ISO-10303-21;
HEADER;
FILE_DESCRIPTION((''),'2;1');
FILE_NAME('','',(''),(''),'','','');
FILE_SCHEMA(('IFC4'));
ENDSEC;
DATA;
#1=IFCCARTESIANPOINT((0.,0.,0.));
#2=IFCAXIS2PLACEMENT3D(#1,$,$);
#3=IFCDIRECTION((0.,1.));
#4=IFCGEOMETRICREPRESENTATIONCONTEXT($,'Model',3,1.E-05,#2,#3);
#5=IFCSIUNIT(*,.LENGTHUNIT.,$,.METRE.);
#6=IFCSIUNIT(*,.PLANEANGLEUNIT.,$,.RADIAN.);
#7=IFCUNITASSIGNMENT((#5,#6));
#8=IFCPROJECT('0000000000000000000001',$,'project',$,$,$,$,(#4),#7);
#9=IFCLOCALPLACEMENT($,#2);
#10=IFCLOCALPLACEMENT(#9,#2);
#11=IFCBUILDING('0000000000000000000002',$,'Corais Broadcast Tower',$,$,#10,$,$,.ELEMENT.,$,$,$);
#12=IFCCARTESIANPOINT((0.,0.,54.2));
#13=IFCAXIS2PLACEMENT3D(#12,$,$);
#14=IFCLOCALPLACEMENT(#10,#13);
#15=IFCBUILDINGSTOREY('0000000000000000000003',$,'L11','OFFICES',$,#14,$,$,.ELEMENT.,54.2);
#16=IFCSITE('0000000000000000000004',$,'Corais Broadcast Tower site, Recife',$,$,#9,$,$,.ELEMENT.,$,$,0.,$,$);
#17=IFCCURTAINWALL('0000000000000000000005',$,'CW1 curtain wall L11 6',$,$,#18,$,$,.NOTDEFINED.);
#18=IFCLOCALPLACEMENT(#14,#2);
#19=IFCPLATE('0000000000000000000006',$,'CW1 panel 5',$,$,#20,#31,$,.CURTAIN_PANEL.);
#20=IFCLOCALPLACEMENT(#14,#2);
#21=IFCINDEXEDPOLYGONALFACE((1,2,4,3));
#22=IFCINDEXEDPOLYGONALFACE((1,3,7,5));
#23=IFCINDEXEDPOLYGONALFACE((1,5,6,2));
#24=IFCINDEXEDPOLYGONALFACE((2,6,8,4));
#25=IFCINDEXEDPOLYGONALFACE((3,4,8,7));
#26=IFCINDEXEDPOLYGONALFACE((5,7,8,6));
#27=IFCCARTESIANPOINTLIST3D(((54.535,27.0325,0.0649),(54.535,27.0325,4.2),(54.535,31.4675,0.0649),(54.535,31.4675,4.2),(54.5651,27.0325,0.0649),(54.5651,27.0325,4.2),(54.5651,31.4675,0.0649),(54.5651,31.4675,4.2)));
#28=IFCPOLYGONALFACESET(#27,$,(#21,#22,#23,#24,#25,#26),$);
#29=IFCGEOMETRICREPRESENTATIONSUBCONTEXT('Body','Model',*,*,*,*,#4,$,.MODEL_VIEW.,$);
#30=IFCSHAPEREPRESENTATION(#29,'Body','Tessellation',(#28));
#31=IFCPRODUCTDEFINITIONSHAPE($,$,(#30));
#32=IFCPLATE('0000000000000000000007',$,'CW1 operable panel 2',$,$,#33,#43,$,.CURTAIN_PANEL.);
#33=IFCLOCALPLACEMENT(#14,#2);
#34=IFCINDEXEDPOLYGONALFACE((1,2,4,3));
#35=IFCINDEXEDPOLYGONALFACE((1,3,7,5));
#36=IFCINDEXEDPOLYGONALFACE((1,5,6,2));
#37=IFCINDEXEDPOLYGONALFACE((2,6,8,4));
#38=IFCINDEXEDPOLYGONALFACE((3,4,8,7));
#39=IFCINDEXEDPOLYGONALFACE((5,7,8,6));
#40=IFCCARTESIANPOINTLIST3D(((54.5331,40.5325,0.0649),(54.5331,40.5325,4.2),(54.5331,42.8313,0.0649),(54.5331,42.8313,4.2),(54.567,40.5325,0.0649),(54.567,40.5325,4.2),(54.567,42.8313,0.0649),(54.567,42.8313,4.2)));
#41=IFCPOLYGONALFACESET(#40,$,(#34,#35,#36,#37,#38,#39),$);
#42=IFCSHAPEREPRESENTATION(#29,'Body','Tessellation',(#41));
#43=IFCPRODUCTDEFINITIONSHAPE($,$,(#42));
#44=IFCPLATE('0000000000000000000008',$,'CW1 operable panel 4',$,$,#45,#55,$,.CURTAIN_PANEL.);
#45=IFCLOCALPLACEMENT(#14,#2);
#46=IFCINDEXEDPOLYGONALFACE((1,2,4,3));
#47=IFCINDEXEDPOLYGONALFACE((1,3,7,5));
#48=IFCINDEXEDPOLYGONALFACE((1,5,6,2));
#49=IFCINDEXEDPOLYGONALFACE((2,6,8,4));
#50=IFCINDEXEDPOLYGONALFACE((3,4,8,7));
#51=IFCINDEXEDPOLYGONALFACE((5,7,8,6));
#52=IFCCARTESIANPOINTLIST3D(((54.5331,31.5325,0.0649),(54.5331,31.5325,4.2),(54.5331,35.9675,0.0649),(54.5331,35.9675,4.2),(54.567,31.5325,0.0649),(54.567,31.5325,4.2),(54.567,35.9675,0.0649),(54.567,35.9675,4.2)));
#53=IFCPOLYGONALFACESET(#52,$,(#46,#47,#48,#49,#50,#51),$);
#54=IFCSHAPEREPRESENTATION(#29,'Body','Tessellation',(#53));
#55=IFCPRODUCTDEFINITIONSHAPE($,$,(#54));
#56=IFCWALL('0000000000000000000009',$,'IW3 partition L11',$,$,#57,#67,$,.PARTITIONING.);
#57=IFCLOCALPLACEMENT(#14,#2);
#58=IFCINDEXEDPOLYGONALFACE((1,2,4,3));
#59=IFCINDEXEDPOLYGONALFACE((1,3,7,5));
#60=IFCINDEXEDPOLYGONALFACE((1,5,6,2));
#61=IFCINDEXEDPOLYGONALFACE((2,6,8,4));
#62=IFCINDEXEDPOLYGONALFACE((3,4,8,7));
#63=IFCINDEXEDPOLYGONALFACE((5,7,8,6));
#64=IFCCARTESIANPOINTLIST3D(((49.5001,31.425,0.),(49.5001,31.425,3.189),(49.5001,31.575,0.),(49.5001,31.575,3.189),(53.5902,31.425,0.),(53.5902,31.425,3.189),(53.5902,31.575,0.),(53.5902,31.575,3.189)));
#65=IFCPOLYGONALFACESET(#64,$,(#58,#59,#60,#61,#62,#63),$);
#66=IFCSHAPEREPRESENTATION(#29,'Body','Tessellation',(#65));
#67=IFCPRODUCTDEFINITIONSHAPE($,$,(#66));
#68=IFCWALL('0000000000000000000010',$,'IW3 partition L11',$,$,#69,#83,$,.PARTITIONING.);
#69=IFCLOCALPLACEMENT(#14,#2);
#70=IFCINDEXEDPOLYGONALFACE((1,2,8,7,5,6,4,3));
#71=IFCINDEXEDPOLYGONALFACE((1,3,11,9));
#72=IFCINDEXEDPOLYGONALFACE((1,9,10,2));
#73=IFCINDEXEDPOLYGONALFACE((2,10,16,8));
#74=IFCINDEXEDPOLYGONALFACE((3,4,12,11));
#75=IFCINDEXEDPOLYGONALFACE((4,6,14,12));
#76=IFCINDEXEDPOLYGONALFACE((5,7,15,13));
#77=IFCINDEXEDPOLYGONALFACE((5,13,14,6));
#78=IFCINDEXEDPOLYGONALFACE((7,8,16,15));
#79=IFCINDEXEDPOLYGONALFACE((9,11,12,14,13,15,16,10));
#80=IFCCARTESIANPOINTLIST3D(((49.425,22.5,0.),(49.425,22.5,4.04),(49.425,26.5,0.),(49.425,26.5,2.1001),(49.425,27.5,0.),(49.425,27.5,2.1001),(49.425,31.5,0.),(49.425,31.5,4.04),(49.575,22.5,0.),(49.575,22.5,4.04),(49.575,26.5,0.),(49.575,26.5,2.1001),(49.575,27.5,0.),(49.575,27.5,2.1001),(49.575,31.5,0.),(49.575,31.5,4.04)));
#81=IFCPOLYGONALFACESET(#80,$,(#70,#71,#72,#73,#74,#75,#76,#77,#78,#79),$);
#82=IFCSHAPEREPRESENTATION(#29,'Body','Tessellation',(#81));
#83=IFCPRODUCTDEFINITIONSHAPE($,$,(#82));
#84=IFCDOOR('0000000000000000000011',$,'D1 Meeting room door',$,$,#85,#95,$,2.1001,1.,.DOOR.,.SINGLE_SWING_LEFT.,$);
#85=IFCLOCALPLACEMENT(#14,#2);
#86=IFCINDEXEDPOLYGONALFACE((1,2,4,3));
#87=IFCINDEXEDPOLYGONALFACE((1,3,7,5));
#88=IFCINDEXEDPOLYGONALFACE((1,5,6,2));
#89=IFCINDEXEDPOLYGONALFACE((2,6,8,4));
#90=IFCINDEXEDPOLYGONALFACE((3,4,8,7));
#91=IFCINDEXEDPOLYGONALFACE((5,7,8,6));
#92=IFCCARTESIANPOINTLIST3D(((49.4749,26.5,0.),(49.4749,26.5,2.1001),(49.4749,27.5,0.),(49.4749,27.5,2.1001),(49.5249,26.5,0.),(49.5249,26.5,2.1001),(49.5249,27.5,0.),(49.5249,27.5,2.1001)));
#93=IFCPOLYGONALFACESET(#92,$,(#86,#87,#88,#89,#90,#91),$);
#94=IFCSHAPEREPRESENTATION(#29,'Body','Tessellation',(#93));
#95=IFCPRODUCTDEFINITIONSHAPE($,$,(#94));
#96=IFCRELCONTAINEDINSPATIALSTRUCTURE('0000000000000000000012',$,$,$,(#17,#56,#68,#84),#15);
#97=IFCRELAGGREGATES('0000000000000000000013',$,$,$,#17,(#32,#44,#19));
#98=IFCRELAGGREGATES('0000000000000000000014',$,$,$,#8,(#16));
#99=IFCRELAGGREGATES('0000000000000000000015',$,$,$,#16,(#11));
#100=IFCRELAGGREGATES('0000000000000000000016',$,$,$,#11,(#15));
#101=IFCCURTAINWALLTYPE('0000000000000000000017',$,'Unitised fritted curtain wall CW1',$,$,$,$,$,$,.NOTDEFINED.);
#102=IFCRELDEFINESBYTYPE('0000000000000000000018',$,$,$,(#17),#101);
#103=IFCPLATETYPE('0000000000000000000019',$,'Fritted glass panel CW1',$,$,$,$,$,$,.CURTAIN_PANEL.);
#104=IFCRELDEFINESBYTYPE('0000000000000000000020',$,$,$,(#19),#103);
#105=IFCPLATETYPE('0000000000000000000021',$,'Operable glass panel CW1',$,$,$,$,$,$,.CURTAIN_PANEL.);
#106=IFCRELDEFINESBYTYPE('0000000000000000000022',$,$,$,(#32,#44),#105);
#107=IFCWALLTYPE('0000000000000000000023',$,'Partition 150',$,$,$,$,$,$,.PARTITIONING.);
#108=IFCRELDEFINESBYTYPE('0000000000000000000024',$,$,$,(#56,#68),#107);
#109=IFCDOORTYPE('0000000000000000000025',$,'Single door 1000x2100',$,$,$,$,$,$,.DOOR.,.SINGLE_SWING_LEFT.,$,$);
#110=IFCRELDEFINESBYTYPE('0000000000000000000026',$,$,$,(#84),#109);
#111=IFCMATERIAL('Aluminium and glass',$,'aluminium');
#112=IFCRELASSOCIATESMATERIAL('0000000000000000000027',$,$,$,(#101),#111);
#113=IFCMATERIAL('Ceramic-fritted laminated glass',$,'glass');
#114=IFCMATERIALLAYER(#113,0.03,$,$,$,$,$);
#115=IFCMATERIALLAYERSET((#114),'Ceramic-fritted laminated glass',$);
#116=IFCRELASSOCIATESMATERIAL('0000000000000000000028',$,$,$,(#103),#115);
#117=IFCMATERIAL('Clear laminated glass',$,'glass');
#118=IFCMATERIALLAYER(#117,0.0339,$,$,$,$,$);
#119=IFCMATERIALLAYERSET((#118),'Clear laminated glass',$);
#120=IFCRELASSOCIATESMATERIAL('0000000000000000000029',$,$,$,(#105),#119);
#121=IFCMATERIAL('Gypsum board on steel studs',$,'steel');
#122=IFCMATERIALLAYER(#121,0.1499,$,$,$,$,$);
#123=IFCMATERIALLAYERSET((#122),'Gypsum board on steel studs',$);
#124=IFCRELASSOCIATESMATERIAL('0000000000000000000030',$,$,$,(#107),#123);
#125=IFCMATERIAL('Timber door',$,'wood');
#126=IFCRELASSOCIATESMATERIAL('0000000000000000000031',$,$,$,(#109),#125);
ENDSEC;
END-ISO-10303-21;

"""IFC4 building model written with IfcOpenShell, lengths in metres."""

from ifc_helpers import new_model, si_unit, direction, frame, frame_2d, origin, origin_2d, place, context, subcontext, project, spatial, rectangle, extrude, material, layer, layer_set, type_object, element, fill, aggregate, save


model = new_model("IFC4")

# Units and contexts
model_context = context("Model", 3, precision=1e-05, world=origin(), true_north=direction((0.0, 1.0)))
body_context = subcontext(model_context, "Body", "Model", "MODEL_VIEW")
ifc_project = project(units=[si_unit("LENGTHUNIT", "METRE"), si_unit("PLANEANGLEUNIT", "RADIAN")], contexts=[model_context])

# Site, building, storey
site_placement = place(None, origin())
site = spatial("IfcSite", under=ifc_project, at=site_placement, Name="Corais Broadcast Tower site, Recife", CompositionType="ELEMENT", RefElevation=0.0)
building_placement = place(site_placement, origin())
building = spatial("IfcBuilding", under=site, at=building_placement, Name="Corais Broadcast Tower", CompositionType="ELEMENT")
storey_placement = place(building_placement, frame((0.0, 0.0, 54.2)))
storey = spatial("IfcBuildingStorey", under=building, at=storey_placement, Name="L11", Description="OFFICES", CompositionType="ELEMENT", Elevation=54.2)

# Curtain wall
ifc_material_1 = material(Name="Aluminium and glass", Category="aluminium")
curtain_wall_type = type_object("IfcCurtainWallType", Name="Unitised fritted curtain wall CW1", PredefinedType="NOTDEFINED", material=ifc_material_1)
curtain_wall_placement = place(storey_placement, origin())
curtain_wall = element("IfcCurtainWall", 1, at=curtain_wall_placement, inside=storey, type_object=curtain_wall_type, Name="CW1 curtain wall L11 6", PredefinedType="NOTDEFINED")

# Plates
ifc_material_2 = material(Name="Ceramic-fritted laminated glass", Category="glass")
ifc_layer_1 = layer(ifc_material_2, 0.03)
ifc_layer_set_1 = layer_set([ifc_layer_1], Name="Ceramic-fritted laminated glass")
plate_type_1 = type_object("IfcPlateType", Name="Fritted glass panel CW1", PredefinedType="CURTAIN_PANEL", material=ifc_layer_set_1)
plate_1_placement = place(storey_placement, frame((54.55, 29.25, 0.0649), z_axis=(0.0, 0.0, 1.0), x_axis=(0.0, -1.0, 0.0)))
plate_1 = element("IfcPlate", 2, at=plate_1_placement, type_object=plate_type_1, Name="CW1 panel 5", PredefinedType="CURTAIN_PANEL", context=body_context, shape_type="SweptSolid", body=[
    extrude(rectangle(XDim=4.4351, YDim=0.03, at=origin_2d()), origin(), (0.0, 0.0, 1.0), 4.135),
])
ifc_material_3 = material(Name="Clear laminated glass", Category="glass")
ifc_layer_2 = layer(ifc_material_3, 0.0339)
ifc_layer_set_2 = layer_set([ifc_layer_2], Name="Clear laminated glass")
plate_type_2 = type_object("IfcPlateType", Name="Operable glass panel CW1", PredefinedType="CURTAIN_PANEL", material=ifc_layer_set_2)
plate_2_placement = place(storey_placement, frame((54.55, 41.6819, 0.0649), z_axis=(0.0, 0.0, 1.0), x_axis=(0.0, -1.0, 0.0)))
plate_2 = element("IfcPlate", 3, at=plate_2_placement, type_object=plate_type_2, Name="CW1 operable panel 2", PredefinedType="CURTAIN_PANEL", context=body_context, shape_type="SweptSolid", body=[
    extrude(rectangle(XDim=2.2988, YDim=0.0339, at=origin_2d()), origin(), (0.0, 0.0, 1.0), 4.135),
])
plate_3_placement = place(storey_placement, frame((54.55, 33.75, 0.0649), z_axis=(0.0, 0.0, 1.0), x_axis=(0.0, -1.0, 0.0)))
plate_3 = element("IfcPlate", 4, at=plate_3_placement, type_object=plate_type_2, Name="CW1 operable panel 4", PredefinedType="CURTAIN_PANEL", context=body_context, shape_type="SweptSolid", body=[
    extrude(rectangle(XDim=4.4351, YDim=0.0339, at=origin_2d()), origin(), (0.0, 0.0, 1.0), 4.135),
])
aggregate(curtain_wall, [plate_2, plate_3, plate_1])

# Wall
ifc_material_4 = material(Name="Gypsum board on steel studs", Category="steel")
ifc_layer_3 = layer(ifc_material_4, 0.1499)
ifc_layer_set_3 = layer_set([ifc_layer_3], Name="Gypsum board on steel studs")
wall_type = type_object("IfcWallType", Name="Partition 150", PredefinedType="PARTITIONING", material=ifc_layer_set_3)
wall_1_placement = place(storey_placement, frame((53.5901, 31.5, 0.0), z_axis=(0.0, 0.0, 1.0), x_axis=(-1.0, 0.0, 0.0)))
element("IfcWall", 5, at=wall_1_placement, inside=storey, type_object=wall_type, Name="IW3 partition L11", PredefinedType="PARTITIONING", context=body_context, shape_type="SweptSolid", body=[
    extrude(rectangle(XDim=4.0901, YDim=0.1499, at=frame_2d((2.0449, 0.0))), origin(), (0.0, 0.0, 1.0), 3.189),
])

# Wall, opening, door
wall_2_placement = place(storey_placement, frame((49.5, 31.5, 0.0), z_axis=(0.0, 0.0, 1.0), x_axis=(0.0, -1.0, 0.0)))
wall_2 = element("IfcWall", 6, at=wall_2_placement, inside=storey, type_object=wall_type, Name="IW3 partition L11", PredefinedType="PARTITIONING", context=body_context, shape_type="SweptSolid", body=[
    extrude(rectangle(XDim=9.0, YDim=0.1499, at=frame_2d((4.5, 0.0))), origin(), (0.0, 0.0, 1.0), 4.04),
])
opening_placement = place(wall_2_placement, frame((4.0, 0.0, 0.0)))
opening = element("IfcOpeningElement", 7, at=opening_placement, cuts=wall_2, PredefinedType="OPENING", context=body_context, shape_type="SweptSolid", body=[
    extrude(rectangle(XDim=1.0, YDim=2.1001, at=frame_2d((0.5, 1.05))), frame((0.0, 0.085, 0.0), z_axis=(0.0, -1.0, 0.0), x_axis=(1.0, 0.0, 0.0)), (0.0, 0.0, 1.0), 0.1699),
])
ifc_material_5 = material(Name="Timber door", Category="wood")
door_type = type_object("IfcDoorType", Name="Single door 1000x2100", OperationType="SINGLE_SWING_LEFT", PredefinedType="DOOR", material=ifc_material_5)
door_placement = place(opening_placement, origin())
door = element("IfcDoor", 8, at=door_placement, inside=storey, type_object=door_type, Name="D1 Meeting room door", OperationType="SINGLE_SWING_LEFT", OverallHeight=2.1001, OverallWidth=1.0, PredefinedType="DOOR", context=body_context, shape_type="SweptSolid", body=[
    extrude(rectangle(XDim=1.0, YDim=2.1001, at=frame_2d((0.5, 1.05))), frame((0.0, 0.0249, 0.0), z_axis=(0.0, -1.0, 0.0), x_axis=(1.0, 0.0, 0.0)), (0.0, 0.0, 1.0), 0.05),
])
fill(opening, door)

save(model, "model.ifc")
